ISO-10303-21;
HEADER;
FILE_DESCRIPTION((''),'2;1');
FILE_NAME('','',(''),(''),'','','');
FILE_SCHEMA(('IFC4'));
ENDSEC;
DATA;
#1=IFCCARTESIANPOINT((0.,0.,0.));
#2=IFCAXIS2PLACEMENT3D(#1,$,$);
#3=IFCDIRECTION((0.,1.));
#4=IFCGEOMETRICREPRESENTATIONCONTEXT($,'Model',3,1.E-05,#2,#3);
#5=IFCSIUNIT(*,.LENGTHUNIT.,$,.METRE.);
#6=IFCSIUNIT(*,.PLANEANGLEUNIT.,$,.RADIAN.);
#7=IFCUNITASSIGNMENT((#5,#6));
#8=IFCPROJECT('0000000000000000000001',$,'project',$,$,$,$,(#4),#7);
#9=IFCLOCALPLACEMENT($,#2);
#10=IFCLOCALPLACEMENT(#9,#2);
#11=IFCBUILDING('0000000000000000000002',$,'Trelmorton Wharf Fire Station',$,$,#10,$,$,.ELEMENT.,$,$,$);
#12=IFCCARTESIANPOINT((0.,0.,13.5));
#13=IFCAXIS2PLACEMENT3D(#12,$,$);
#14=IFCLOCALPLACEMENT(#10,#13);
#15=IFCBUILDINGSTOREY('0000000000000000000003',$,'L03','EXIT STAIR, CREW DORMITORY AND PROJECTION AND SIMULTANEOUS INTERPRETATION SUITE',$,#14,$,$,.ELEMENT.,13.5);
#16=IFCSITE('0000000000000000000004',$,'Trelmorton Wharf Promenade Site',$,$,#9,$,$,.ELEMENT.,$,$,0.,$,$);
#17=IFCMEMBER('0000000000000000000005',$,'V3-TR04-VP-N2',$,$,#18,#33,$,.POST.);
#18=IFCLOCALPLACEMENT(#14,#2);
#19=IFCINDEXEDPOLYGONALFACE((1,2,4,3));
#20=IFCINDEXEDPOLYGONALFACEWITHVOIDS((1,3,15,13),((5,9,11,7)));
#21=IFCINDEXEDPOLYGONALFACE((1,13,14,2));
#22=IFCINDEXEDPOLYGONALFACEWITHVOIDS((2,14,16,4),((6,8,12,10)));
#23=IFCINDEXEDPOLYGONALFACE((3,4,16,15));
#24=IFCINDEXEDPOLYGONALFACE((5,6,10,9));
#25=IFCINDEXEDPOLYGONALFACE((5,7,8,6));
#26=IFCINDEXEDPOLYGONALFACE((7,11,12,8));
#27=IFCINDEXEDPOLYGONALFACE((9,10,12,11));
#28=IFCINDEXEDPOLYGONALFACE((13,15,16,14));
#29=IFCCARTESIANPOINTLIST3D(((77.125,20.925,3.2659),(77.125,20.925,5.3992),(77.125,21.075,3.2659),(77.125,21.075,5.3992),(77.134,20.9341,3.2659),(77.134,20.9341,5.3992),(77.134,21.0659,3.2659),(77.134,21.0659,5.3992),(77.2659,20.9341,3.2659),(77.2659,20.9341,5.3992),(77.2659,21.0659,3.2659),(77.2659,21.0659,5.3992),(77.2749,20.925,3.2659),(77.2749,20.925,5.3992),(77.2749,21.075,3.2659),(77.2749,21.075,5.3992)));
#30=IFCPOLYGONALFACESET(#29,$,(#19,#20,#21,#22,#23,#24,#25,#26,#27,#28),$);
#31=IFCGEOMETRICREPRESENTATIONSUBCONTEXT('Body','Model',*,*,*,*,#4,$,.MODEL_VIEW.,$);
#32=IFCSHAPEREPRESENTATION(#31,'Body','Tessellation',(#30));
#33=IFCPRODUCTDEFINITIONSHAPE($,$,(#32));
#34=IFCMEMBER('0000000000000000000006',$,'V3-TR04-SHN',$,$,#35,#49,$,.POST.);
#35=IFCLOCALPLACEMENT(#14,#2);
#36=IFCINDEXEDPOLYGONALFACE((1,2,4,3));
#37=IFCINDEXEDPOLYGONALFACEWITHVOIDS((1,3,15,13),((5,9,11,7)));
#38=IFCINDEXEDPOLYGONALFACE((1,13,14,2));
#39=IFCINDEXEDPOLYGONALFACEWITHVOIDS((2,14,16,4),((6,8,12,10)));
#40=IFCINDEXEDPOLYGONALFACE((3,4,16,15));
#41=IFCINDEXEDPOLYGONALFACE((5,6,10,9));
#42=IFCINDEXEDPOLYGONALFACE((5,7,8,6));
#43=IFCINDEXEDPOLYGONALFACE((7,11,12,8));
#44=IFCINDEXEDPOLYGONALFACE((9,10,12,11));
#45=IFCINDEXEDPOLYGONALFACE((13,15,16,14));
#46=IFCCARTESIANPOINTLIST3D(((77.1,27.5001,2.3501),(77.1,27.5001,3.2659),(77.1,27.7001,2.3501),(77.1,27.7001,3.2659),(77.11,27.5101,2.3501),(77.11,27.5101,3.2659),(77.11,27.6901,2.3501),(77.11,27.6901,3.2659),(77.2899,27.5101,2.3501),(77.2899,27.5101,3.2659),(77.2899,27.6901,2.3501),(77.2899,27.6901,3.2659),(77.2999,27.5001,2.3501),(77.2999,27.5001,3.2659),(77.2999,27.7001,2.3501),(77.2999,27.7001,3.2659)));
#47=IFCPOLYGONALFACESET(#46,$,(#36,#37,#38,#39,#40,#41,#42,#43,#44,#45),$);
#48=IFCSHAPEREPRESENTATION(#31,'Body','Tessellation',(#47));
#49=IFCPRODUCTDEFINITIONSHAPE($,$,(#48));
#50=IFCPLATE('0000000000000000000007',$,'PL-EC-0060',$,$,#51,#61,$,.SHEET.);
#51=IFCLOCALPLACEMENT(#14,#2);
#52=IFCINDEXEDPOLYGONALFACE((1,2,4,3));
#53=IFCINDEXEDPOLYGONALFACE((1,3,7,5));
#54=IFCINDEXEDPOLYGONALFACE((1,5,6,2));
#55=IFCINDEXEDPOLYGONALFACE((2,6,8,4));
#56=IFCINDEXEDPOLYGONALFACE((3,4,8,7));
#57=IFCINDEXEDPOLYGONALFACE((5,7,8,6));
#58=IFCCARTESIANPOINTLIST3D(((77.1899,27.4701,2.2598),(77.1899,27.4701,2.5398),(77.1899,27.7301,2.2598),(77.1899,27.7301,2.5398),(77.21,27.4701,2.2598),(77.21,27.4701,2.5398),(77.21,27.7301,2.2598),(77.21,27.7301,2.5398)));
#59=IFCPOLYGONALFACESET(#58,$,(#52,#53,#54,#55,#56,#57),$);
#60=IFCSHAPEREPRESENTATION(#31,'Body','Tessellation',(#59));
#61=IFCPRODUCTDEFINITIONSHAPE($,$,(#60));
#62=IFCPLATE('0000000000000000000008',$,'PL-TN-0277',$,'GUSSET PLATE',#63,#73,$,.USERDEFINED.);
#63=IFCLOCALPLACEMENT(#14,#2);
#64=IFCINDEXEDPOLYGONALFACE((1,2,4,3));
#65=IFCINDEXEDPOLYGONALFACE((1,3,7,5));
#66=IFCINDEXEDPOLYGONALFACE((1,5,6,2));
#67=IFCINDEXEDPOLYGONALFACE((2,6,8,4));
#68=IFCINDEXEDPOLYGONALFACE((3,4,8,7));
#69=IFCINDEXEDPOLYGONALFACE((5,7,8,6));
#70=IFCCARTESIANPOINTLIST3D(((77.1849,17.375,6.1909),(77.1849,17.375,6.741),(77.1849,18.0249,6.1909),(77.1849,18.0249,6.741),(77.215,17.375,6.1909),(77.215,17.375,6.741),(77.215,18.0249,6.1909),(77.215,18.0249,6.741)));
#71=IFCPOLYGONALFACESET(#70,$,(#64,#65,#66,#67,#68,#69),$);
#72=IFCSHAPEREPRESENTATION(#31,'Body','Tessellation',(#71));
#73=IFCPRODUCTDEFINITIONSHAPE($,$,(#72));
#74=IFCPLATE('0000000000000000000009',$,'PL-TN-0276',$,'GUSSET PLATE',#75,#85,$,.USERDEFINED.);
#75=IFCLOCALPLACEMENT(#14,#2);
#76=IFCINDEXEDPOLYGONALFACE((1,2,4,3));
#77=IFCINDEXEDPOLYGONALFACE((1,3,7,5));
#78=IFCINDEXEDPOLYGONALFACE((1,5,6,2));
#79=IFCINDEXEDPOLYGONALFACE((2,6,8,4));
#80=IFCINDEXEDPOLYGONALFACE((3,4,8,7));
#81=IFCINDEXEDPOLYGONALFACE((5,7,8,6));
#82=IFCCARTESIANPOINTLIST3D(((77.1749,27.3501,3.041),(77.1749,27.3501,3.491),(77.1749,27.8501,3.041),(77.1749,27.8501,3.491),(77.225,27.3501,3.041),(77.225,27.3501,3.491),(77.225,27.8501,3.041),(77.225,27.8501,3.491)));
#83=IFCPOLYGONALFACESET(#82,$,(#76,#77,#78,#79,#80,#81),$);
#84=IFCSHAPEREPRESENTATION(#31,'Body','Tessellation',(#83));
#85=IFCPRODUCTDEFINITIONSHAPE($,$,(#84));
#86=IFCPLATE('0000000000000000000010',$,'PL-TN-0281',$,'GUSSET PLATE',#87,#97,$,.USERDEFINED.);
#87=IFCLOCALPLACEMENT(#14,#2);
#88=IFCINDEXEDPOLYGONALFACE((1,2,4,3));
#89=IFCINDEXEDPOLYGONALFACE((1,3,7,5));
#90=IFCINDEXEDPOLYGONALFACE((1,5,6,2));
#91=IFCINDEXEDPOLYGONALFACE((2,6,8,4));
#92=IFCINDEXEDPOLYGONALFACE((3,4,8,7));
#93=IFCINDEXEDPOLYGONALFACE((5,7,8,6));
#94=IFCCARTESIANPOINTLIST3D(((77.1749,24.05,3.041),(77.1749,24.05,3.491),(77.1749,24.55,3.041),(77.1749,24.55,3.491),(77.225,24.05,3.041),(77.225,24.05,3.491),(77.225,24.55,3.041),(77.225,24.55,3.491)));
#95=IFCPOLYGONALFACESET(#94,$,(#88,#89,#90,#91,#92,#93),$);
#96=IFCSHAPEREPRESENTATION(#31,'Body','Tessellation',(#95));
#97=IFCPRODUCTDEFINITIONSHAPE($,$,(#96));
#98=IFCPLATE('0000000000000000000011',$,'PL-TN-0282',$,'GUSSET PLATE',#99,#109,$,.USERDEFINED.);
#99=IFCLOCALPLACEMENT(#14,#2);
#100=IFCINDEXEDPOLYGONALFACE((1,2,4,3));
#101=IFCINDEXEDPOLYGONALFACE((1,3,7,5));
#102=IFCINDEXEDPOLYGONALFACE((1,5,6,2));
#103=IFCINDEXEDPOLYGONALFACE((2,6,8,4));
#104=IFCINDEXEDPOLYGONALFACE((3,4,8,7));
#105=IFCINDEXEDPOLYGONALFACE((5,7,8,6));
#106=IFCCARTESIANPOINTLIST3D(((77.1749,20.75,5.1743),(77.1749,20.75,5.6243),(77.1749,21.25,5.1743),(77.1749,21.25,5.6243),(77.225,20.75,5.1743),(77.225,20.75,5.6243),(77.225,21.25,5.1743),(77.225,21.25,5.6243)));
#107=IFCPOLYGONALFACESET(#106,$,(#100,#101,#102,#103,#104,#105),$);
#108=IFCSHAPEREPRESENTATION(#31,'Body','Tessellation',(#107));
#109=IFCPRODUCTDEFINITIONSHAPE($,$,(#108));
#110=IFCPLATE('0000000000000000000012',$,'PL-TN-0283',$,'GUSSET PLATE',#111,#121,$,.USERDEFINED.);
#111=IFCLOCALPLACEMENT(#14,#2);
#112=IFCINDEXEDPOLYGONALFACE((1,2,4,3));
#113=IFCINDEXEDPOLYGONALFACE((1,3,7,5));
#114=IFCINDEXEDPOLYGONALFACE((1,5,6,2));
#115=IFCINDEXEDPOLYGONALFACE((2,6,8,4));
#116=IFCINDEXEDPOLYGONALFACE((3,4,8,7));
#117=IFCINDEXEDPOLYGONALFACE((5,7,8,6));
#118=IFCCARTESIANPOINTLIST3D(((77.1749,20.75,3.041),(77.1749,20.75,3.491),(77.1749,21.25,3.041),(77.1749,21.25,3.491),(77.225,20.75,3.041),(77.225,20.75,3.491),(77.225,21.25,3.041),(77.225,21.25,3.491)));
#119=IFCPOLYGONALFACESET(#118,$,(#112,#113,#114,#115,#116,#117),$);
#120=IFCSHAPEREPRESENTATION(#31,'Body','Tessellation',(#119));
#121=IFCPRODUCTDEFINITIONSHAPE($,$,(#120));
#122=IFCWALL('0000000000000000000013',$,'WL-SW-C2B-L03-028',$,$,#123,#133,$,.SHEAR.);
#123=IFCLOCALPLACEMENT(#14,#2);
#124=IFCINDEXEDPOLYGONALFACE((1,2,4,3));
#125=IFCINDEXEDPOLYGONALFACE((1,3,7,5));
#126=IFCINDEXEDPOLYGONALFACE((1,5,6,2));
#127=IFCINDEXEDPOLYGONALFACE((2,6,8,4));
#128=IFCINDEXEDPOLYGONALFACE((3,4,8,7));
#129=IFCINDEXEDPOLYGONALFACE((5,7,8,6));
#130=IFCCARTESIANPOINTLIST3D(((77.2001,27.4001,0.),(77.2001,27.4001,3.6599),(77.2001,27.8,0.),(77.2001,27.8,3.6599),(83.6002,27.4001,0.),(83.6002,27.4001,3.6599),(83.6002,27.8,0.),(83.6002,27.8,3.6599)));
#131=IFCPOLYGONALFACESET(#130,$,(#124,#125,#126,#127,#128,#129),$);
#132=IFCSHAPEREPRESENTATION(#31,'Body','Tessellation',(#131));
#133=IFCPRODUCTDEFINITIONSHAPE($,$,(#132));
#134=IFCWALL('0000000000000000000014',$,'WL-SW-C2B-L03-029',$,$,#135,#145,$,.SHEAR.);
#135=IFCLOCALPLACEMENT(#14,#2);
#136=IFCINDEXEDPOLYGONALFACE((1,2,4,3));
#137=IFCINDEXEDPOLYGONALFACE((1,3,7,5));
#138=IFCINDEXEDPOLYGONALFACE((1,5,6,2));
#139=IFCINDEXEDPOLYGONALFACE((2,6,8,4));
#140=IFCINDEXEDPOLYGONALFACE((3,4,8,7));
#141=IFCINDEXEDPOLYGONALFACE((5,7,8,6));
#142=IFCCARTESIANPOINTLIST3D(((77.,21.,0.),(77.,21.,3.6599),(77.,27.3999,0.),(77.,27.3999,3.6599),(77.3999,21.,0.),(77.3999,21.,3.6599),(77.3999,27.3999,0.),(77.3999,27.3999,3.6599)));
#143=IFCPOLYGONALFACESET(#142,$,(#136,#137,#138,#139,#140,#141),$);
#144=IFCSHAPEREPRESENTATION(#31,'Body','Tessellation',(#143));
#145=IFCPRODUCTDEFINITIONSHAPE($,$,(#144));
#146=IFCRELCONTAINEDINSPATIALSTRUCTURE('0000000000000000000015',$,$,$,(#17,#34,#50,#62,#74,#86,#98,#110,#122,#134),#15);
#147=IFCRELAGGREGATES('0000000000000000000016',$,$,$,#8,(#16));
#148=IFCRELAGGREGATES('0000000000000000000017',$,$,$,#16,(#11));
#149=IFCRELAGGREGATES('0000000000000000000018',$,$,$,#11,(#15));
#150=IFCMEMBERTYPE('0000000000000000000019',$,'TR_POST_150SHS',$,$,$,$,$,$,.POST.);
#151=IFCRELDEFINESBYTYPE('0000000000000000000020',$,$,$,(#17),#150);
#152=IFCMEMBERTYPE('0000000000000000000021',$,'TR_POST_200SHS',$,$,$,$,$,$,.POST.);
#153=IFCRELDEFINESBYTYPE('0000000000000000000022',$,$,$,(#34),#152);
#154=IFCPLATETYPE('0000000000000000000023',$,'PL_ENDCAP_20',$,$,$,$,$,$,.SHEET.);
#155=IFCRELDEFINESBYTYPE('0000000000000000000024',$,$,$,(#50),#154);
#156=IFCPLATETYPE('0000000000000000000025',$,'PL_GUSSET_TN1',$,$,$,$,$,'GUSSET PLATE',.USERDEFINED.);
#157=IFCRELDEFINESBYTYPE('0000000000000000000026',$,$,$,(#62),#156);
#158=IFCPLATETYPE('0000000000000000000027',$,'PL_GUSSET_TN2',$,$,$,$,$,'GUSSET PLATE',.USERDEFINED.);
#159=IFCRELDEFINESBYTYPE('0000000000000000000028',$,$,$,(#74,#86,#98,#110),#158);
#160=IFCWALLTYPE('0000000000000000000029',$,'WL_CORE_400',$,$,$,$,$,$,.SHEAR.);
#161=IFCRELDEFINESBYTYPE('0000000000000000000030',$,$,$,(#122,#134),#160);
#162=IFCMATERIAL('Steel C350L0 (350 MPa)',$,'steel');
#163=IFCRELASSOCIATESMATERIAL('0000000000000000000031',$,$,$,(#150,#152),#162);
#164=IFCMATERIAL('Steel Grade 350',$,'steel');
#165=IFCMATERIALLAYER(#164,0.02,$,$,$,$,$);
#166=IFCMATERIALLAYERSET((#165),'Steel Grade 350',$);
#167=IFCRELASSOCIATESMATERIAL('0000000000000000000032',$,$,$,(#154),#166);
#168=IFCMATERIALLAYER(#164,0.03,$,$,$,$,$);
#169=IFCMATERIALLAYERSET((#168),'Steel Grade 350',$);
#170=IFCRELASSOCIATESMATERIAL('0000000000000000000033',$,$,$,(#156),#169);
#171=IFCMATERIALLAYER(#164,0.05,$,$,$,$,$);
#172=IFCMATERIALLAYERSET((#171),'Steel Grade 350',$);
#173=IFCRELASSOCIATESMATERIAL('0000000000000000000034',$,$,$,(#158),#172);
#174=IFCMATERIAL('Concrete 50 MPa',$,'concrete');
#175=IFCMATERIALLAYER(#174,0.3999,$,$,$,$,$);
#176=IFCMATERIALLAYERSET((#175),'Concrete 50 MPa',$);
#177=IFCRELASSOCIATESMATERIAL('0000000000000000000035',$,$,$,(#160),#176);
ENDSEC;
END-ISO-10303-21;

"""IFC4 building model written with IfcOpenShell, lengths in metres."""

from ifc_helpers import new_model, si_unit, direction, frame, frame_2d, origin, origin_2d, place, context, subcontext, project, spatial, rectangle, hollow_rectangle, extrude, material, layer, layer_set, material_profile, profile_set, type_object, element, save


model = new_model("IFC4")

# Units and contexts
model_context = context("Model", 3, precision=1e-05, world=origin(), true_north=direction((0.0, 1.0)))
body_context = subcontext(model_context, "Body", "Model", "MODEL_VIEW")
ifc_project = project(units=[si_unit("LENGTHUNIT", "METRE"), si_unit("PLANEANGLEUNIT", "RADIAN")], contexts=[model_context])

# Site, building, storey
site_placement = place(None, origin())
site = spatial("IfcSite", under=ifc_project, at=site_placement, Name="Trelmorton Wharf Promenade Site", CompositionType="ELEMENT", RefElevation=0.0)
building_placement = place(site_placement, origin())
building = spatial("IfcBuilding", under=site, at=building_placement, Name="Trelmorton Wharf Fire Station", CompositionType="ELEMENT")
storey_placement = place(building_placement, frame((0.0, 0.0, 13.5)))
storey = spatial("IfcBuildingStorey", under=building, at=storey_placement, Name="L03", Description="EXIT STAIR, CREW DORMITORY AND PROJECTION AND SIMULTANEOUS INTERPRETATION SUITE", CompositionType="ELEMENT", Elevation=13.5)

# Shared definitions
ifc_material_1 = material(Name="Steel Grade 350", Category="steel")

# Members
ifc_material_2 = material(Name="Steel C350L0 (350 MPa)", Category="steel")
ifc_material_profile_1 = material_profile(ifc_material_2, hollow_rectangle(XDim=0.1499, YDim=0.1499, WallThickness=0.009, at=origin_2d()), Name="150x150x9.0SHS")
ifc_profile_set_1 = profile_set([ifc_material_profile_1], Name="Steel C350L0 (350 MPa)")
member_type_1 = type_object("IfcMemberType", Name="TR_POST_150SHS", PredefinedType="POST", material=ifc_profile_set_1)
member_1_placement = place(storey_placement, frame((77.2, 21.0, 3.2659), z_axis=(0.0, 0.0, 1.0), x_axis=(1.0, 0.0, 0.0)))
element("IfcMember", 1, at=member_1_placement, inside=storey, type_object=member_type_1, Name="V3-TR04-VP-N2", PredefinedType="POST", context=body_context, shape_type="SweptSolid", body=[
    extrude(hollow_rectangle(XDim=0.1499, YDim=0.1499, WallThickness=0.009, at=origin_2d()), origin(), (0.0, 0.0, 1.0), 2.1333),
])
ifc_material_profile_2 = material_profile(ifc_material_2, hollow_rectangle(XDim=0.2, YDim=0.2, WallThickness=0.01, at=origin_2d()), Name="200x200x10.0SHS")
ifc_profile_set_2 = profile_set([ifc_material_profile_2], Name="Steel C350L0 (350 MPa)")
member_type_2 = type_object("IfcMemberType", Name="TR_POST_200SHS", PredefinedType="POST", material=ifc_profile_set_2)
member_2_placement = place(storey_placement, frame((77.2, 27.6001, 2.3501), z_axis=(0.0, 0.0, 1.0), x_axis=(1.0, 0.0, 0.0)))
element("IfcMember", 2, at=member_2_placement, inside=storey, type_object=member_type_2, Name="V3-TR04-SHN", PredefinedType="POST", context=body_context, shape_type="SweptSolid", body=[
    extrude(hollow_rectangle(XDim=0.2, YDim=0.2, WallThickness=0.01, at=origin_2d()), origin(), (0.0, 0.0, 1.0), 0.9158),
])

# Plates
ifc_layer_1 = layer(ifc_material_1, 0.02)
ifc_layer_set_1 = layer_set([ifc_layer_1], Name="Steel Grade 350")
plate_type_1 = type_object("IfcPlateType", Name="PL_ENDCAP_20", PredefinedType="SHEET", material=ifc_layer_set_1)
plate_1_placement = place(storey_placement, frame((77.2, 27.6001, 2.2598), z_axis=(0.0, 0.0, 1.0), x_axis=(1.0, 0.0, 0.0)))
element("IfcPlate", 3, at=plate_1_placement, inside=storey, type_object=plate_type_1, Name="PL-EC-0060", PredefinedType="SHEET", context=body_context, shape_type="SweptSolid", body=[
    extrude(rectangle(XDim=0.02, YDim=0.26, at=origin_2d()), origin(), (0.0, 0.0, 1.0), 0.28),
])
ifc_layer_2 = layer(ifc_material_1, 0.03)
ifc_layer_set_2 = layer_set([ifc_layer_2], Name="Steel Grade 350")
plate_type_2 = type_object("IfcPlateType", Name="PL_GUSSET_TN1", ElementType="GUSSET PLATE", PredefinedType="USERDEFINED", material=ifc_layer_set_2)
plate_2_placement = place(storey_placement, frame((77.2, 17.7, 6.1909), z_axis=(0.0, 0.0, 1.0), x_axis=(1.0, 0.0, 0.0)))
element("IfcPlate", 4, at=plate_2_placement, inside=storey, type_object=plate_type_2, Name="PL-TN-0277", ObjectType="GUSSET PLATE", PredefinedType="USERDEFINED", context=body_context, shape_type="SweptSolid", body=[
    extrude(rectangle(XDim=0.03, YDim=0.6499, at=origin_2d()), origin(), (0.0, 0.0, 1.0), 0.55),
])
ifc_layer_3 = layer(ifc_material_1, 0.05)
ifc_layer_set_3 = layer_set([ifc_layer_3], Name="Steel Grade 350")
plate_type_3 = type_object("IfcPlateType", Name="PL_GUSSET_TN2", ElementType="GUSSET PLATE", PredefinedType="USERDEFINED", material=ifc_layer_set_3)
for number, where, z_axis, x_axis, name in (
    (5, (77.2, 27.6001, 3.041), (0.0, 0.0, 1.0), (1.0, 0.0, 0.0), "PL-TN-0276"),
    (6, (77.2, 24.3, 3.041), (0.0, 0.0, 1.0), (1.0, 0.0, 0.0), "PL-TN-0281"),
    (7, (77.2, 21.0, 5.1743), (0.0, 0.0, 1.0), (1.0, 0.0, 0.0), "PL-TN-0282"),
    (8, (77.2, 21.0, 3.041), (0.0, 0.0, 1.0), (1.0, 0.0, 0.0), "PL-TN-0283"),
):
    element("IfcPlate", number, at=place(storey_placement, frame(where, z_axis=z_axis, x_axis=x_axis)), inside=storey, type_object=plate_type_3, Name=name, ObjectType="GUSSET PLATE", PredefinedType="USERDEFINED", context=body_context, shape_type="SweptSolid", body=[
        extrude(rectangle(XDim=0.05, YDim=0.5, at=origin_2d()), origin(), (0.0, 0.0, 1.0), 0.45),
    ])

# Walls
ifc_material_3 = material(Name="Concrete 50 MPa", Category="concrete")
ifc_layer_4 = layer(ifc_material_3, 0.3999)
ifc_layer_set_4 = layer_set([ifc_layer_4], Name="Concrete 50 MPa")
wall_type = type_object("IfcWallType", Name="WL_CORE_400", PredefinedType="SHEAR", material=ifc_layer_set_4)
wall_1_placement = place(storey_placement, frame((77.2, 27.6001, 0.0), z_axis=(0.0, 0.0, 1.0), x_axis=(1.0, 0.0, 0.0)))
element("IfcWall", 9, at=wall_1_placement, inside=storey, type_object=wall_type, Name="WL-SW-C2B-L03-028", PredefinedType="SHEAR", context=body_context, shape_type="SweptSolid", body=[
    extrude(rectangle(XDim=6.4001, YDim=0.3999, at=frame_2d((3.2002, 0.0))), origin(), (0.0, 0.0, 1.0), 3.6599),
])
wall_2_placement = place(storey_placement, frame((77.2, 21.0, 0.0), z_axis=(0.0, 0.0, 1.0), x_axis=(0.0, 1.0, 0.0)))
element("IfcWall", 10, at=wall_2_placement, inside=storey, type_object=wall_type, Name="WL-SW-C2B-L03-029", PredefinedType="SHEAR", context=body_context, shape_type="SweptSolid", body=[
    extrude(rectangle(XDim=6.3999, YDim=0.3999, at=frame_2d((3.2, 0.0))), origin(), (0.0, 0.0, 1.0), 3.6599),
])

save(model, "model.ifc")
